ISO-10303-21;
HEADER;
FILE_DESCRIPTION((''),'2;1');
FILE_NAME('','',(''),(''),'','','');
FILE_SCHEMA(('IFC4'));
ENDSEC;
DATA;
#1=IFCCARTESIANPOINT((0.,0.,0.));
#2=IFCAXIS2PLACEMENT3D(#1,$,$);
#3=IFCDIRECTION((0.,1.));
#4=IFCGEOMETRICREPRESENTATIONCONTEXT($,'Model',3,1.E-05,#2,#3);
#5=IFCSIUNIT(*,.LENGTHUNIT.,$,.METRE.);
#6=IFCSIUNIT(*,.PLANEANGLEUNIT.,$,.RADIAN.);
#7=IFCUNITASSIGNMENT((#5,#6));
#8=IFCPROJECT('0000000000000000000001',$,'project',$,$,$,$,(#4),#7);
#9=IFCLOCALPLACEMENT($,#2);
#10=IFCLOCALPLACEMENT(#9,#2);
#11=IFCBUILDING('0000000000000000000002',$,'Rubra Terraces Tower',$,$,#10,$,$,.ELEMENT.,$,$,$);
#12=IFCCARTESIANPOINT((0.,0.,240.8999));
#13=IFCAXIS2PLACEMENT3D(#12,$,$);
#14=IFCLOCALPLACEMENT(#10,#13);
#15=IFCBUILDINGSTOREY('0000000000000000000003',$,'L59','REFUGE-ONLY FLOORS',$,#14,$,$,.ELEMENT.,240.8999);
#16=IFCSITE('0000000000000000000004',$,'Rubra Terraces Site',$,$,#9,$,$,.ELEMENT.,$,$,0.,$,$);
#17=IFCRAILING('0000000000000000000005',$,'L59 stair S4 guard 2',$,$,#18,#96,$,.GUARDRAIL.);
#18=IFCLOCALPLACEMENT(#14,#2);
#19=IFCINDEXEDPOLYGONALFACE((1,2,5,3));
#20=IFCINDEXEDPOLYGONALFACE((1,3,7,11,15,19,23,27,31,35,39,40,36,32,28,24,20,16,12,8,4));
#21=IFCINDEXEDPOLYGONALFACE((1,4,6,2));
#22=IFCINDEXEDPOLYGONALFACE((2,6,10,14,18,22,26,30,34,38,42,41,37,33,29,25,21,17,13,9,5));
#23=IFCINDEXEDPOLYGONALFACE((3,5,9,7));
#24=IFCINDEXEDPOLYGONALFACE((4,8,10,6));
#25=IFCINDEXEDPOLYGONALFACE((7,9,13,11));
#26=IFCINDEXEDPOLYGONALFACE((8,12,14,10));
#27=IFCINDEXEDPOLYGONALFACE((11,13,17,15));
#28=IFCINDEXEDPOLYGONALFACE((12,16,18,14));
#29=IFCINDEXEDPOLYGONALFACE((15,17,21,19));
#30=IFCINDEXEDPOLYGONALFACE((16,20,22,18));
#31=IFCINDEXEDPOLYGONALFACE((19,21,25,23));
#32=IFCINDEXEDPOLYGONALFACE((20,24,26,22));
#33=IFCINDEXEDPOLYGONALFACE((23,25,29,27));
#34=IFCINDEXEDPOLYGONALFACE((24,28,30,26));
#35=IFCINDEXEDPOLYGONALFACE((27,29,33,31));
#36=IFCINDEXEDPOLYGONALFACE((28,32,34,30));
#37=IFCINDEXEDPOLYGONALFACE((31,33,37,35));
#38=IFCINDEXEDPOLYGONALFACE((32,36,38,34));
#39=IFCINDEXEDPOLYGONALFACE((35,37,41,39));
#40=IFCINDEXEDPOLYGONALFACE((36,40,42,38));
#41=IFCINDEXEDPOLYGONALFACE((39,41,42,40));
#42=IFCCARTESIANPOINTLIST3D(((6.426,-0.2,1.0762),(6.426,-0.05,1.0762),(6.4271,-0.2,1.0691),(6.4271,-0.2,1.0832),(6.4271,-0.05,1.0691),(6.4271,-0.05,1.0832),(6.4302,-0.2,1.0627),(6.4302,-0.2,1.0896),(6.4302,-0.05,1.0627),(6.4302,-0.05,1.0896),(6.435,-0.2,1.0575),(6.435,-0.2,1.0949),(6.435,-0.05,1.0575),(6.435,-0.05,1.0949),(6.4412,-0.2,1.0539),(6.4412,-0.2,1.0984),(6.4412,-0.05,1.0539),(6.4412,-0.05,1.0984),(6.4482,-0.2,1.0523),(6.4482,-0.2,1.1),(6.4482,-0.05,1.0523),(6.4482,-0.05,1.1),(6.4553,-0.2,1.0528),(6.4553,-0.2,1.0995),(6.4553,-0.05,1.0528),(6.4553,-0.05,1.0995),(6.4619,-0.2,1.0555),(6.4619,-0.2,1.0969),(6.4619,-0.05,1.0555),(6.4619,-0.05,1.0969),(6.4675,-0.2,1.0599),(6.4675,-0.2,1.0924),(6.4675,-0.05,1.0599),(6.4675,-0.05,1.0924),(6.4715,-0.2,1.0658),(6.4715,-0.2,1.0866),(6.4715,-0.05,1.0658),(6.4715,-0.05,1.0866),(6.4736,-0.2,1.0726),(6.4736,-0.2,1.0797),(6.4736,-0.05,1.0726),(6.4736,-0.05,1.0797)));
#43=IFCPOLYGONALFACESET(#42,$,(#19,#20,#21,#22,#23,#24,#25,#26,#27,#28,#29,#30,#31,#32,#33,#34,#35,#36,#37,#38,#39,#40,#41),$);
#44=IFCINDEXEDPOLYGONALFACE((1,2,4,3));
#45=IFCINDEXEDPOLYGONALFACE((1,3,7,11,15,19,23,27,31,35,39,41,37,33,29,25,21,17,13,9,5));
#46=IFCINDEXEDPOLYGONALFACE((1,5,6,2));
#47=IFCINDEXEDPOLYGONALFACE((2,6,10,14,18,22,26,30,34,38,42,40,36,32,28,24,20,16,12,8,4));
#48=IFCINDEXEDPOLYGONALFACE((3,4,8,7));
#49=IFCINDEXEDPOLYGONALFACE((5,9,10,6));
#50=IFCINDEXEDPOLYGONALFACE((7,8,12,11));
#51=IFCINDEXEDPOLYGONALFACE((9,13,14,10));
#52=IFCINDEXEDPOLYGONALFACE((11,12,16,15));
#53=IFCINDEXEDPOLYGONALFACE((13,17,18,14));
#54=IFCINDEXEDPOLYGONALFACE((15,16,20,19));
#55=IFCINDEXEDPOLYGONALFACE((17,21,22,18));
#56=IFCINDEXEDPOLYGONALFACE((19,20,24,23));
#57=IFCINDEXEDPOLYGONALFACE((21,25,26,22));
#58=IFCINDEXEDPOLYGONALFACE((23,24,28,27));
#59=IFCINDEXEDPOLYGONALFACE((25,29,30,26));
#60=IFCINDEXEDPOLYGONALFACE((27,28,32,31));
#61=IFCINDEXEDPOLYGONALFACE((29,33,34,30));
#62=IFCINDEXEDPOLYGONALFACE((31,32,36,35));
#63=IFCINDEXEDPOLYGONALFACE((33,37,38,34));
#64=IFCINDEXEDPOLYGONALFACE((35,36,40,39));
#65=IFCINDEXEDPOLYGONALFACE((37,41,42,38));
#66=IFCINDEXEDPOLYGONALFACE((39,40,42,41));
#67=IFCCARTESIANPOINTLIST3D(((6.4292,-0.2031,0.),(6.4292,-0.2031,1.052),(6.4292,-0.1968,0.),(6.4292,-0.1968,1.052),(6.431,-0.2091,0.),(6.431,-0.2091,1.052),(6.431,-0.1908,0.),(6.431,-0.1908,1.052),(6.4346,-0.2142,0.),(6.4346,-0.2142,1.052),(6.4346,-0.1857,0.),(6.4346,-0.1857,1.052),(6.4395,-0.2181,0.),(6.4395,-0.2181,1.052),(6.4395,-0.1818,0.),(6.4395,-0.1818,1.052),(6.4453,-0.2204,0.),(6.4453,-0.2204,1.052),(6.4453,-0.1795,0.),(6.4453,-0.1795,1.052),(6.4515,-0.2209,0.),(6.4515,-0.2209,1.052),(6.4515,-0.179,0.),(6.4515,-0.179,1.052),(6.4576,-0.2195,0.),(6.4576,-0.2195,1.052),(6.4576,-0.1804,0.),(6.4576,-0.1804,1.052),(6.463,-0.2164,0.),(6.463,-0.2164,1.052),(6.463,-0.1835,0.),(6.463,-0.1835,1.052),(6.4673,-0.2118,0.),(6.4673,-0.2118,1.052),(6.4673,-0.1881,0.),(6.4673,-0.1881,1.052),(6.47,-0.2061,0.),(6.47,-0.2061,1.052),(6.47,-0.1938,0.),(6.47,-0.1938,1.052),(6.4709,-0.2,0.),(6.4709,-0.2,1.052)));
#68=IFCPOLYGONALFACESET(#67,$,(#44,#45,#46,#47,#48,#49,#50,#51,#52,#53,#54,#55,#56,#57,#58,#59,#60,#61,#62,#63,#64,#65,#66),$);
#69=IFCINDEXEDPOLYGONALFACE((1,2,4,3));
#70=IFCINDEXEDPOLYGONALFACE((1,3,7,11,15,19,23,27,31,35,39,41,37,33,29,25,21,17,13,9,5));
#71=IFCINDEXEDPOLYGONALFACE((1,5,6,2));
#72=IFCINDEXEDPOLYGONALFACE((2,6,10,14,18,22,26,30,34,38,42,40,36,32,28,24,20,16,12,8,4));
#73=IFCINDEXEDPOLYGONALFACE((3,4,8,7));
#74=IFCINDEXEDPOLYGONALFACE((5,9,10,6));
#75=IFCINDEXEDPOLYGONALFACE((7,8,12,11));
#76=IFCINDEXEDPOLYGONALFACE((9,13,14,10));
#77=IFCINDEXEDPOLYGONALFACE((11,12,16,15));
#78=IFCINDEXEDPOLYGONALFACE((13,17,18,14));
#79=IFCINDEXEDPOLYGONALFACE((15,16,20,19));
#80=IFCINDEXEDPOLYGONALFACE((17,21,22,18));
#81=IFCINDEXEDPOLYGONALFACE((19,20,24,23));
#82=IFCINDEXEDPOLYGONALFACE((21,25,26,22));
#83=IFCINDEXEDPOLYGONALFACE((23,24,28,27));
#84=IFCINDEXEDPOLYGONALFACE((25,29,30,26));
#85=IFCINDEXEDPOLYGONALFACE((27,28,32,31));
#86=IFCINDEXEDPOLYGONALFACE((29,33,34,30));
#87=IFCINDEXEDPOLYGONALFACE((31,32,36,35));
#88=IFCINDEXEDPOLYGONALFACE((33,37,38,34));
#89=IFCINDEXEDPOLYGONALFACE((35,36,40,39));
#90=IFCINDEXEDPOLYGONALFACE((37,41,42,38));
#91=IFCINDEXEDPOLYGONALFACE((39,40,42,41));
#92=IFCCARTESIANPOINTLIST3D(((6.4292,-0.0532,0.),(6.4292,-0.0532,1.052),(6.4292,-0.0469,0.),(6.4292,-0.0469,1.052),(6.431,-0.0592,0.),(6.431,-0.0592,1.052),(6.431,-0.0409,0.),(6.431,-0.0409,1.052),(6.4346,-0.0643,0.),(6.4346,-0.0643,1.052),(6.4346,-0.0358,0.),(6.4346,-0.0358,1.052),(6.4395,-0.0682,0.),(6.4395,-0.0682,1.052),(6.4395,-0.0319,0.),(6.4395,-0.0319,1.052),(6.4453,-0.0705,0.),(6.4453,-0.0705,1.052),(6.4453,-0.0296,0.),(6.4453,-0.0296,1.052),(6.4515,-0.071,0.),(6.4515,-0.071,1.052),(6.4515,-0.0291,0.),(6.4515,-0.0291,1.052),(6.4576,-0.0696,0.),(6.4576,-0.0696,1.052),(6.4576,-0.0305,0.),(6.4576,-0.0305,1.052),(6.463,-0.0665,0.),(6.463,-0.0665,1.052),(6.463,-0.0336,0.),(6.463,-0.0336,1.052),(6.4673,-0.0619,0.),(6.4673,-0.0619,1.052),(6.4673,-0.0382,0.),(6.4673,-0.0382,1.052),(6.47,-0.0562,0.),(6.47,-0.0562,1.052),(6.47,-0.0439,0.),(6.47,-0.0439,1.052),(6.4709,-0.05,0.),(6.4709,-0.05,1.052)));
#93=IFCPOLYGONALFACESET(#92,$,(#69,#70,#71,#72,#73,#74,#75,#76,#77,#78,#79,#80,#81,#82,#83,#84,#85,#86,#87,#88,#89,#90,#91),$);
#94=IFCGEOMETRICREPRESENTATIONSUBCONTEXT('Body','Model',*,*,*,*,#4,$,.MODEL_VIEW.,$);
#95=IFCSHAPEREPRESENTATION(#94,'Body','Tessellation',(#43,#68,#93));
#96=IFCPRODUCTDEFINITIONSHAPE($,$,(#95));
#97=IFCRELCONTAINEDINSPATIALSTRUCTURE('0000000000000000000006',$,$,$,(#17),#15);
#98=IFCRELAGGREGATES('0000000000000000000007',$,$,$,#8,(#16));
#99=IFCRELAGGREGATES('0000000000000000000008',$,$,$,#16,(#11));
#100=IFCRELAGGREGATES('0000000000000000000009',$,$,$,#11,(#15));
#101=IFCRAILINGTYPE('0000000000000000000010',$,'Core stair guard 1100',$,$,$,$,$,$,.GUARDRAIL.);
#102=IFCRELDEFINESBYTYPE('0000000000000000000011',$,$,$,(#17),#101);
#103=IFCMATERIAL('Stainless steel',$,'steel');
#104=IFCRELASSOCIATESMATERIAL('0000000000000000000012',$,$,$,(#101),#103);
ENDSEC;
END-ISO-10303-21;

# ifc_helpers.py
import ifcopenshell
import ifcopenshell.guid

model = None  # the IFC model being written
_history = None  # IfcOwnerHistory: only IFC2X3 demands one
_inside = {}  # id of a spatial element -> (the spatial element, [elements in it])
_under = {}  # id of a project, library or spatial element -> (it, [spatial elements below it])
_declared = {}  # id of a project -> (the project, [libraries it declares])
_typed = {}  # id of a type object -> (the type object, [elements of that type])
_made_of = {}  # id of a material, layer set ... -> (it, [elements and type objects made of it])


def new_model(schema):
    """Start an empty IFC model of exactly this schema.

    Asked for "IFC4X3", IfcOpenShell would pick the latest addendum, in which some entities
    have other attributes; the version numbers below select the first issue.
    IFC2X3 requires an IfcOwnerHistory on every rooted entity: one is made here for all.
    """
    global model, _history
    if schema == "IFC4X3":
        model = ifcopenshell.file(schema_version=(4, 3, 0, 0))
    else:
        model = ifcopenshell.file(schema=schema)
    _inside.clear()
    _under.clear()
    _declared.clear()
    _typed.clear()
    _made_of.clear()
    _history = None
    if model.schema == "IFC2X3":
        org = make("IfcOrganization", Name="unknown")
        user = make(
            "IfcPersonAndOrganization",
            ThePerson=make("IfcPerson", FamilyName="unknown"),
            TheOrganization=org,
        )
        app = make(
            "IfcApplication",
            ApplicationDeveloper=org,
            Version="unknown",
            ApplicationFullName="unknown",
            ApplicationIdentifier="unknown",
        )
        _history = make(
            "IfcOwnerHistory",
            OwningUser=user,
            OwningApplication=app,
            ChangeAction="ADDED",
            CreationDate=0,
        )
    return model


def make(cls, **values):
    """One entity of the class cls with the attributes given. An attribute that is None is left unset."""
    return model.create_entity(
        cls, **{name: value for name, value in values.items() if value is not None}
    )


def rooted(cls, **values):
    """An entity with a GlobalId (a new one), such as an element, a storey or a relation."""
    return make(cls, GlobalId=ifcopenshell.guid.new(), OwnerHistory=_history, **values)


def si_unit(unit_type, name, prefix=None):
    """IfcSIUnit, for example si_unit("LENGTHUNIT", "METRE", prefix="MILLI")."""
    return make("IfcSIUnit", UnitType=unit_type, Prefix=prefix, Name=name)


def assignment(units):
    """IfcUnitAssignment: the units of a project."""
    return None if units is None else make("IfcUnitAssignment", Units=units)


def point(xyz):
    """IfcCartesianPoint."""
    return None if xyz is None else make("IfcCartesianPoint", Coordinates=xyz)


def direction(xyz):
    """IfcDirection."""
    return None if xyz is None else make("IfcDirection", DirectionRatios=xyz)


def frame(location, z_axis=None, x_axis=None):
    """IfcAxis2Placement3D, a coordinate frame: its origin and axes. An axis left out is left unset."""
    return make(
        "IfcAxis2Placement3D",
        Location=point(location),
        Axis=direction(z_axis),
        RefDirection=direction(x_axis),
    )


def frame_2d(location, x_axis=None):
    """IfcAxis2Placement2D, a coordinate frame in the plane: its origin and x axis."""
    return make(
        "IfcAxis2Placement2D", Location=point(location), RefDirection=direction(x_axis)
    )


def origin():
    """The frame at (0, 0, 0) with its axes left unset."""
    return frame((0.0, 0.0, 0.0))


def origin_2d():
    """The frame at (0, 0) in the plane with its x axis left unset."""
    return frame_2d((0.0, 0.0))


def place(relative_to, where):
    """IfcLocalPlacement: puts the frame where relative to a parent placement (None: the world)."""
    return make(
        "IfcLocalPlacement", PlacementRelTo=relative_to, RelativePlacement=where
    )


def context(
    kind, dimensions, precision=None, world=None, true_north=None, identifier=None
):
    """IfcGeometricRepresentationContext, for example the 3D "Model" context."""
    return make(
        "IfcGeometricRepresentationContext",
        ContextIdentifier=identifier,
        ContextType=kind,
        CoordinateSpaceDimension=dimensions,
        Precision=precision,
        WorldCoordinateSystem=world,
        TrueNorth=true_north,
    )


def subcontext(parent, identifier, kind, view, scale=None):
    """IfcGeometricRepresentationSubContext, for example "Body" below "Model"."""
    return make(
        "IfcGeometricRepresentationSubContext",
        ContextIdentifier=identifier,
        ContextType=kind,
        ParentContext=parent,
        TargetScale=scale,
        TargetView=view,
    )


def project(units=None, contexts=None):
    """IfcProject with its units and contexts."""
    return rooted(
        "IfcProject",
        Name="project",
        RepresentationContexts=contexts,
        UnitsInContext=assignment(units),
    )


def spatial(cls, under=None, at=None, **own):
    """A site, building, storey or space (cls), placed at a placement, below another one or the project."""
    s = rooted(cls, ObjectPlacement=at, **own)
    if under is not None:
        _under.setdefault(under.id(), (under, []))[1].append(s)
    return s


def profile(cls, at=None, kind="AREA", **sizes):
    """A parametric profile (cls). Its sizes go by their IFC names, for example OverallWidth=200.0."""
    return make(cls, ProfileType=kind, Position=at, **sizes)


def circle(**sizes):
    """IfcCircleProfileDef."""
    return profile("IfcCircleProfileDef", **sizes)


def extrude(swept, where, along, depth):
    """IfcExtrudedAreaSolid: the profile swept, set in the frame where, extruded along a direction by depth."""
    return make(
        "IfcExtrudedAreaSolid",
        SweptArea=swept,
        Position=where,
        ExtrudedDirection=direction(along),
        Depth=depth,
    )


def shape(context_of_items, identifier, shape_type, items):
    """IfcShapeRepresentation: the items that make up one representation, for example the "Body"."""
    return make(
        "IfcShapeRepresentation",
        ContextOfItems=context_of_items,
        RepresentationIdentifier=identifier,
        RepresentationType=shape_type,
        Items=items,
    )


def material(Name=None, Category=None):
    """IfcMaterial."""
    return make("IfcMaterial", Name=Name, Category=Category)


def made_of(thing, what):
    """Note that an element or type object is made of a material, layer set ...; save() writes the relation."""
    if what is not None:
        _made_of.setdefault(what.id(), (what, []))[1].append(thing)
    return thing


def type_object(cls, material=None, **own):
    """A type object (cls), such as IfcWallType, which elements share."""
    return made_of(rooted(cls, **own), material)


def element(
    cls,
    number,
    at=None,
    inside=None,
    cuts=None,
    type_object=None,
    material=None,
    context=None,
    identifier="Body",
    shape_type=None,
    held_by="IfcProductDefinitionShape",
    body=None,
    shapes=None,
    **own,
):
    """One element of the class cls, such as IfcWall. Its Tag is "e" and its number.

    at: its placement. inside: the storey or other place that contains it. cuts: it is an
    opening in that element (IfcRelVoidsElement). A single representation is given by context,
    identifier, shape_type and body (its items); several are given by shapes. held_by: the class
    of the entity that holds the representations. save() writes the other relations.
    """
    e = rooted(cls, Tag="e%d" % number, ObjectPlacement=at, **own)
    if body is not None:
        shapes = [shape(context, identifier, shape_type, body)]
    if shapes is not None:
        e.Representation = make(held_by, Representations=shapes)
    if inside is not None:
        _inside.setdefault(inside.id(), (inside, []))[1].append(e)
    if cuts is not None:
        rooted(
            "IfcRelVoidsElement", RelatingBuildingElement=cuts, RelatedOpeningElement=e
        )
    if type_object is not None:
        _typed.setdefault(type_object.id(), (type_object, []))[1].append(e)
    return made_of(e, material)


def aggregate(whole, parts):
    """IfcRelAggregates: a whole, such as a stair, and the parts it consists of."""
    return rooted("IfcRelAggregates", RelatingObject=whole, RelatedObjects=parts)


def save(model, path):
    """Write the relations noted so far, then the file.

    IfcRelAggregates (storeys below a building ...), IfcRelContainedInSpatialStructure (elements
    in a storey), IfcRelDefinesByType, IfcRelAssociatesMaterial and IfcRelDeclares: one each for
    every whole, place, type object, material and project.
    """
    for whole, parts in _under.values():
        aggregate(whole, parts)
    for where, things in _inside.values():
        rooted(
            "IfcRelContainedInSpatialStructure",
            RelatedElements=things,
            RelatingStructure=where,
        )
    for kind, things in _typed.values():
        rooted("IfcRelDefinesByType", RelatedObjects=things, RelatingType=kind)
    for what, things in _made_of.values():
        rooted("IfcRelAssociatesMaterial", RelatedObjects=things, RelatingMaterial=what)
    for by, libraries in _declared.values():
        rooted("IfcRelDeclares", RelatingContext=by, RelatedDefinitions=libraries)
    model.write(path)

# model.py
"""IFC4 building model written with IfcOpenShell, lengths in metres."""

from ifc_helpers import new_model, si_unit, direction, frame, origin, origin_2d, place, context, subcontext, project, spatial, circle, extrude, material, type_object, element, save


model = new_model("IFC4")

# Units and contexts
model_context = context("Model", 3, precision=1e-05, world=origin(), true_north=direction((0.0, 1.0)))
body_context = subcontext(model_context, "Body", "Model", "MODEL_VIEW")
ifc_project = project(units=[si_unit("LENGTHUNIT", "METRE"), si_unit("PLANEANGLEUNIT", "RADIAN")], contexts=[model_context])

# Site, building, storey
site_placement = place(None, origin())
site = spatial("IfcSite", under=ifc_project, at=site_placement, Name="Rubra Terraces Site", CompositionType="ELEMENT", RefElevation=0.0)
building_placement = place(site_placement, origin())
building = spatial("IfcBuilding", under=site, at=building_placement, Name="Rubra Terraces Tower", CompositionType="ELEMENT")
storey_placement = place(building_placement, frame((0.0, 0.0, 240.8999)))
storey = spatial("IfcBuildingStorey", under=building, at=storey_placement, Name="L59", Description="REFUGE-ONLY FLOORS", CompositionType="ELEMENT", Elevation=240.8999)

# Railing
ifc_material_1 = material(Name="Stainless steel", Category="steel")
railing_type_1 = type_object("IfcRailingType", Name="Core stair guard 1100", PredefinedType="GUARDRAIL", material=ifc_material_1)
railing_1_placement = place(storey_placement, frame((6.45, -0.2, 0.0)))
element("IfcRailing", 1, at=railing_1_placement, inside=storey, type_object=railing_type_1, Name="L59 stair S4 guard 2", PredefinedType="GUARDRAIL", context=body_context, shape_type="SweptSolid", body=[
    extrude(circle(Radius=0.0239, at=origin_2d()), frame((0.0, 0.0, 1.0762), z_axis=(0.0, 1.0, 0.0), x_axis=(-1.0, 0.0, 0.0)), (0.0, 0.0, 1.0), 0.1499),
    extrude(circle(Radius=0.021, at=origin_2d()), origin(), (0.0, 0.0, 1.0), 1.052),
    extrude(circle(Radius=0.021, at=origin_2d()), frame((0.0, 0.1499, 0.0)), (0.0, 0.0, 1.0), 1.052),
])

save(model, "model.ifc")
